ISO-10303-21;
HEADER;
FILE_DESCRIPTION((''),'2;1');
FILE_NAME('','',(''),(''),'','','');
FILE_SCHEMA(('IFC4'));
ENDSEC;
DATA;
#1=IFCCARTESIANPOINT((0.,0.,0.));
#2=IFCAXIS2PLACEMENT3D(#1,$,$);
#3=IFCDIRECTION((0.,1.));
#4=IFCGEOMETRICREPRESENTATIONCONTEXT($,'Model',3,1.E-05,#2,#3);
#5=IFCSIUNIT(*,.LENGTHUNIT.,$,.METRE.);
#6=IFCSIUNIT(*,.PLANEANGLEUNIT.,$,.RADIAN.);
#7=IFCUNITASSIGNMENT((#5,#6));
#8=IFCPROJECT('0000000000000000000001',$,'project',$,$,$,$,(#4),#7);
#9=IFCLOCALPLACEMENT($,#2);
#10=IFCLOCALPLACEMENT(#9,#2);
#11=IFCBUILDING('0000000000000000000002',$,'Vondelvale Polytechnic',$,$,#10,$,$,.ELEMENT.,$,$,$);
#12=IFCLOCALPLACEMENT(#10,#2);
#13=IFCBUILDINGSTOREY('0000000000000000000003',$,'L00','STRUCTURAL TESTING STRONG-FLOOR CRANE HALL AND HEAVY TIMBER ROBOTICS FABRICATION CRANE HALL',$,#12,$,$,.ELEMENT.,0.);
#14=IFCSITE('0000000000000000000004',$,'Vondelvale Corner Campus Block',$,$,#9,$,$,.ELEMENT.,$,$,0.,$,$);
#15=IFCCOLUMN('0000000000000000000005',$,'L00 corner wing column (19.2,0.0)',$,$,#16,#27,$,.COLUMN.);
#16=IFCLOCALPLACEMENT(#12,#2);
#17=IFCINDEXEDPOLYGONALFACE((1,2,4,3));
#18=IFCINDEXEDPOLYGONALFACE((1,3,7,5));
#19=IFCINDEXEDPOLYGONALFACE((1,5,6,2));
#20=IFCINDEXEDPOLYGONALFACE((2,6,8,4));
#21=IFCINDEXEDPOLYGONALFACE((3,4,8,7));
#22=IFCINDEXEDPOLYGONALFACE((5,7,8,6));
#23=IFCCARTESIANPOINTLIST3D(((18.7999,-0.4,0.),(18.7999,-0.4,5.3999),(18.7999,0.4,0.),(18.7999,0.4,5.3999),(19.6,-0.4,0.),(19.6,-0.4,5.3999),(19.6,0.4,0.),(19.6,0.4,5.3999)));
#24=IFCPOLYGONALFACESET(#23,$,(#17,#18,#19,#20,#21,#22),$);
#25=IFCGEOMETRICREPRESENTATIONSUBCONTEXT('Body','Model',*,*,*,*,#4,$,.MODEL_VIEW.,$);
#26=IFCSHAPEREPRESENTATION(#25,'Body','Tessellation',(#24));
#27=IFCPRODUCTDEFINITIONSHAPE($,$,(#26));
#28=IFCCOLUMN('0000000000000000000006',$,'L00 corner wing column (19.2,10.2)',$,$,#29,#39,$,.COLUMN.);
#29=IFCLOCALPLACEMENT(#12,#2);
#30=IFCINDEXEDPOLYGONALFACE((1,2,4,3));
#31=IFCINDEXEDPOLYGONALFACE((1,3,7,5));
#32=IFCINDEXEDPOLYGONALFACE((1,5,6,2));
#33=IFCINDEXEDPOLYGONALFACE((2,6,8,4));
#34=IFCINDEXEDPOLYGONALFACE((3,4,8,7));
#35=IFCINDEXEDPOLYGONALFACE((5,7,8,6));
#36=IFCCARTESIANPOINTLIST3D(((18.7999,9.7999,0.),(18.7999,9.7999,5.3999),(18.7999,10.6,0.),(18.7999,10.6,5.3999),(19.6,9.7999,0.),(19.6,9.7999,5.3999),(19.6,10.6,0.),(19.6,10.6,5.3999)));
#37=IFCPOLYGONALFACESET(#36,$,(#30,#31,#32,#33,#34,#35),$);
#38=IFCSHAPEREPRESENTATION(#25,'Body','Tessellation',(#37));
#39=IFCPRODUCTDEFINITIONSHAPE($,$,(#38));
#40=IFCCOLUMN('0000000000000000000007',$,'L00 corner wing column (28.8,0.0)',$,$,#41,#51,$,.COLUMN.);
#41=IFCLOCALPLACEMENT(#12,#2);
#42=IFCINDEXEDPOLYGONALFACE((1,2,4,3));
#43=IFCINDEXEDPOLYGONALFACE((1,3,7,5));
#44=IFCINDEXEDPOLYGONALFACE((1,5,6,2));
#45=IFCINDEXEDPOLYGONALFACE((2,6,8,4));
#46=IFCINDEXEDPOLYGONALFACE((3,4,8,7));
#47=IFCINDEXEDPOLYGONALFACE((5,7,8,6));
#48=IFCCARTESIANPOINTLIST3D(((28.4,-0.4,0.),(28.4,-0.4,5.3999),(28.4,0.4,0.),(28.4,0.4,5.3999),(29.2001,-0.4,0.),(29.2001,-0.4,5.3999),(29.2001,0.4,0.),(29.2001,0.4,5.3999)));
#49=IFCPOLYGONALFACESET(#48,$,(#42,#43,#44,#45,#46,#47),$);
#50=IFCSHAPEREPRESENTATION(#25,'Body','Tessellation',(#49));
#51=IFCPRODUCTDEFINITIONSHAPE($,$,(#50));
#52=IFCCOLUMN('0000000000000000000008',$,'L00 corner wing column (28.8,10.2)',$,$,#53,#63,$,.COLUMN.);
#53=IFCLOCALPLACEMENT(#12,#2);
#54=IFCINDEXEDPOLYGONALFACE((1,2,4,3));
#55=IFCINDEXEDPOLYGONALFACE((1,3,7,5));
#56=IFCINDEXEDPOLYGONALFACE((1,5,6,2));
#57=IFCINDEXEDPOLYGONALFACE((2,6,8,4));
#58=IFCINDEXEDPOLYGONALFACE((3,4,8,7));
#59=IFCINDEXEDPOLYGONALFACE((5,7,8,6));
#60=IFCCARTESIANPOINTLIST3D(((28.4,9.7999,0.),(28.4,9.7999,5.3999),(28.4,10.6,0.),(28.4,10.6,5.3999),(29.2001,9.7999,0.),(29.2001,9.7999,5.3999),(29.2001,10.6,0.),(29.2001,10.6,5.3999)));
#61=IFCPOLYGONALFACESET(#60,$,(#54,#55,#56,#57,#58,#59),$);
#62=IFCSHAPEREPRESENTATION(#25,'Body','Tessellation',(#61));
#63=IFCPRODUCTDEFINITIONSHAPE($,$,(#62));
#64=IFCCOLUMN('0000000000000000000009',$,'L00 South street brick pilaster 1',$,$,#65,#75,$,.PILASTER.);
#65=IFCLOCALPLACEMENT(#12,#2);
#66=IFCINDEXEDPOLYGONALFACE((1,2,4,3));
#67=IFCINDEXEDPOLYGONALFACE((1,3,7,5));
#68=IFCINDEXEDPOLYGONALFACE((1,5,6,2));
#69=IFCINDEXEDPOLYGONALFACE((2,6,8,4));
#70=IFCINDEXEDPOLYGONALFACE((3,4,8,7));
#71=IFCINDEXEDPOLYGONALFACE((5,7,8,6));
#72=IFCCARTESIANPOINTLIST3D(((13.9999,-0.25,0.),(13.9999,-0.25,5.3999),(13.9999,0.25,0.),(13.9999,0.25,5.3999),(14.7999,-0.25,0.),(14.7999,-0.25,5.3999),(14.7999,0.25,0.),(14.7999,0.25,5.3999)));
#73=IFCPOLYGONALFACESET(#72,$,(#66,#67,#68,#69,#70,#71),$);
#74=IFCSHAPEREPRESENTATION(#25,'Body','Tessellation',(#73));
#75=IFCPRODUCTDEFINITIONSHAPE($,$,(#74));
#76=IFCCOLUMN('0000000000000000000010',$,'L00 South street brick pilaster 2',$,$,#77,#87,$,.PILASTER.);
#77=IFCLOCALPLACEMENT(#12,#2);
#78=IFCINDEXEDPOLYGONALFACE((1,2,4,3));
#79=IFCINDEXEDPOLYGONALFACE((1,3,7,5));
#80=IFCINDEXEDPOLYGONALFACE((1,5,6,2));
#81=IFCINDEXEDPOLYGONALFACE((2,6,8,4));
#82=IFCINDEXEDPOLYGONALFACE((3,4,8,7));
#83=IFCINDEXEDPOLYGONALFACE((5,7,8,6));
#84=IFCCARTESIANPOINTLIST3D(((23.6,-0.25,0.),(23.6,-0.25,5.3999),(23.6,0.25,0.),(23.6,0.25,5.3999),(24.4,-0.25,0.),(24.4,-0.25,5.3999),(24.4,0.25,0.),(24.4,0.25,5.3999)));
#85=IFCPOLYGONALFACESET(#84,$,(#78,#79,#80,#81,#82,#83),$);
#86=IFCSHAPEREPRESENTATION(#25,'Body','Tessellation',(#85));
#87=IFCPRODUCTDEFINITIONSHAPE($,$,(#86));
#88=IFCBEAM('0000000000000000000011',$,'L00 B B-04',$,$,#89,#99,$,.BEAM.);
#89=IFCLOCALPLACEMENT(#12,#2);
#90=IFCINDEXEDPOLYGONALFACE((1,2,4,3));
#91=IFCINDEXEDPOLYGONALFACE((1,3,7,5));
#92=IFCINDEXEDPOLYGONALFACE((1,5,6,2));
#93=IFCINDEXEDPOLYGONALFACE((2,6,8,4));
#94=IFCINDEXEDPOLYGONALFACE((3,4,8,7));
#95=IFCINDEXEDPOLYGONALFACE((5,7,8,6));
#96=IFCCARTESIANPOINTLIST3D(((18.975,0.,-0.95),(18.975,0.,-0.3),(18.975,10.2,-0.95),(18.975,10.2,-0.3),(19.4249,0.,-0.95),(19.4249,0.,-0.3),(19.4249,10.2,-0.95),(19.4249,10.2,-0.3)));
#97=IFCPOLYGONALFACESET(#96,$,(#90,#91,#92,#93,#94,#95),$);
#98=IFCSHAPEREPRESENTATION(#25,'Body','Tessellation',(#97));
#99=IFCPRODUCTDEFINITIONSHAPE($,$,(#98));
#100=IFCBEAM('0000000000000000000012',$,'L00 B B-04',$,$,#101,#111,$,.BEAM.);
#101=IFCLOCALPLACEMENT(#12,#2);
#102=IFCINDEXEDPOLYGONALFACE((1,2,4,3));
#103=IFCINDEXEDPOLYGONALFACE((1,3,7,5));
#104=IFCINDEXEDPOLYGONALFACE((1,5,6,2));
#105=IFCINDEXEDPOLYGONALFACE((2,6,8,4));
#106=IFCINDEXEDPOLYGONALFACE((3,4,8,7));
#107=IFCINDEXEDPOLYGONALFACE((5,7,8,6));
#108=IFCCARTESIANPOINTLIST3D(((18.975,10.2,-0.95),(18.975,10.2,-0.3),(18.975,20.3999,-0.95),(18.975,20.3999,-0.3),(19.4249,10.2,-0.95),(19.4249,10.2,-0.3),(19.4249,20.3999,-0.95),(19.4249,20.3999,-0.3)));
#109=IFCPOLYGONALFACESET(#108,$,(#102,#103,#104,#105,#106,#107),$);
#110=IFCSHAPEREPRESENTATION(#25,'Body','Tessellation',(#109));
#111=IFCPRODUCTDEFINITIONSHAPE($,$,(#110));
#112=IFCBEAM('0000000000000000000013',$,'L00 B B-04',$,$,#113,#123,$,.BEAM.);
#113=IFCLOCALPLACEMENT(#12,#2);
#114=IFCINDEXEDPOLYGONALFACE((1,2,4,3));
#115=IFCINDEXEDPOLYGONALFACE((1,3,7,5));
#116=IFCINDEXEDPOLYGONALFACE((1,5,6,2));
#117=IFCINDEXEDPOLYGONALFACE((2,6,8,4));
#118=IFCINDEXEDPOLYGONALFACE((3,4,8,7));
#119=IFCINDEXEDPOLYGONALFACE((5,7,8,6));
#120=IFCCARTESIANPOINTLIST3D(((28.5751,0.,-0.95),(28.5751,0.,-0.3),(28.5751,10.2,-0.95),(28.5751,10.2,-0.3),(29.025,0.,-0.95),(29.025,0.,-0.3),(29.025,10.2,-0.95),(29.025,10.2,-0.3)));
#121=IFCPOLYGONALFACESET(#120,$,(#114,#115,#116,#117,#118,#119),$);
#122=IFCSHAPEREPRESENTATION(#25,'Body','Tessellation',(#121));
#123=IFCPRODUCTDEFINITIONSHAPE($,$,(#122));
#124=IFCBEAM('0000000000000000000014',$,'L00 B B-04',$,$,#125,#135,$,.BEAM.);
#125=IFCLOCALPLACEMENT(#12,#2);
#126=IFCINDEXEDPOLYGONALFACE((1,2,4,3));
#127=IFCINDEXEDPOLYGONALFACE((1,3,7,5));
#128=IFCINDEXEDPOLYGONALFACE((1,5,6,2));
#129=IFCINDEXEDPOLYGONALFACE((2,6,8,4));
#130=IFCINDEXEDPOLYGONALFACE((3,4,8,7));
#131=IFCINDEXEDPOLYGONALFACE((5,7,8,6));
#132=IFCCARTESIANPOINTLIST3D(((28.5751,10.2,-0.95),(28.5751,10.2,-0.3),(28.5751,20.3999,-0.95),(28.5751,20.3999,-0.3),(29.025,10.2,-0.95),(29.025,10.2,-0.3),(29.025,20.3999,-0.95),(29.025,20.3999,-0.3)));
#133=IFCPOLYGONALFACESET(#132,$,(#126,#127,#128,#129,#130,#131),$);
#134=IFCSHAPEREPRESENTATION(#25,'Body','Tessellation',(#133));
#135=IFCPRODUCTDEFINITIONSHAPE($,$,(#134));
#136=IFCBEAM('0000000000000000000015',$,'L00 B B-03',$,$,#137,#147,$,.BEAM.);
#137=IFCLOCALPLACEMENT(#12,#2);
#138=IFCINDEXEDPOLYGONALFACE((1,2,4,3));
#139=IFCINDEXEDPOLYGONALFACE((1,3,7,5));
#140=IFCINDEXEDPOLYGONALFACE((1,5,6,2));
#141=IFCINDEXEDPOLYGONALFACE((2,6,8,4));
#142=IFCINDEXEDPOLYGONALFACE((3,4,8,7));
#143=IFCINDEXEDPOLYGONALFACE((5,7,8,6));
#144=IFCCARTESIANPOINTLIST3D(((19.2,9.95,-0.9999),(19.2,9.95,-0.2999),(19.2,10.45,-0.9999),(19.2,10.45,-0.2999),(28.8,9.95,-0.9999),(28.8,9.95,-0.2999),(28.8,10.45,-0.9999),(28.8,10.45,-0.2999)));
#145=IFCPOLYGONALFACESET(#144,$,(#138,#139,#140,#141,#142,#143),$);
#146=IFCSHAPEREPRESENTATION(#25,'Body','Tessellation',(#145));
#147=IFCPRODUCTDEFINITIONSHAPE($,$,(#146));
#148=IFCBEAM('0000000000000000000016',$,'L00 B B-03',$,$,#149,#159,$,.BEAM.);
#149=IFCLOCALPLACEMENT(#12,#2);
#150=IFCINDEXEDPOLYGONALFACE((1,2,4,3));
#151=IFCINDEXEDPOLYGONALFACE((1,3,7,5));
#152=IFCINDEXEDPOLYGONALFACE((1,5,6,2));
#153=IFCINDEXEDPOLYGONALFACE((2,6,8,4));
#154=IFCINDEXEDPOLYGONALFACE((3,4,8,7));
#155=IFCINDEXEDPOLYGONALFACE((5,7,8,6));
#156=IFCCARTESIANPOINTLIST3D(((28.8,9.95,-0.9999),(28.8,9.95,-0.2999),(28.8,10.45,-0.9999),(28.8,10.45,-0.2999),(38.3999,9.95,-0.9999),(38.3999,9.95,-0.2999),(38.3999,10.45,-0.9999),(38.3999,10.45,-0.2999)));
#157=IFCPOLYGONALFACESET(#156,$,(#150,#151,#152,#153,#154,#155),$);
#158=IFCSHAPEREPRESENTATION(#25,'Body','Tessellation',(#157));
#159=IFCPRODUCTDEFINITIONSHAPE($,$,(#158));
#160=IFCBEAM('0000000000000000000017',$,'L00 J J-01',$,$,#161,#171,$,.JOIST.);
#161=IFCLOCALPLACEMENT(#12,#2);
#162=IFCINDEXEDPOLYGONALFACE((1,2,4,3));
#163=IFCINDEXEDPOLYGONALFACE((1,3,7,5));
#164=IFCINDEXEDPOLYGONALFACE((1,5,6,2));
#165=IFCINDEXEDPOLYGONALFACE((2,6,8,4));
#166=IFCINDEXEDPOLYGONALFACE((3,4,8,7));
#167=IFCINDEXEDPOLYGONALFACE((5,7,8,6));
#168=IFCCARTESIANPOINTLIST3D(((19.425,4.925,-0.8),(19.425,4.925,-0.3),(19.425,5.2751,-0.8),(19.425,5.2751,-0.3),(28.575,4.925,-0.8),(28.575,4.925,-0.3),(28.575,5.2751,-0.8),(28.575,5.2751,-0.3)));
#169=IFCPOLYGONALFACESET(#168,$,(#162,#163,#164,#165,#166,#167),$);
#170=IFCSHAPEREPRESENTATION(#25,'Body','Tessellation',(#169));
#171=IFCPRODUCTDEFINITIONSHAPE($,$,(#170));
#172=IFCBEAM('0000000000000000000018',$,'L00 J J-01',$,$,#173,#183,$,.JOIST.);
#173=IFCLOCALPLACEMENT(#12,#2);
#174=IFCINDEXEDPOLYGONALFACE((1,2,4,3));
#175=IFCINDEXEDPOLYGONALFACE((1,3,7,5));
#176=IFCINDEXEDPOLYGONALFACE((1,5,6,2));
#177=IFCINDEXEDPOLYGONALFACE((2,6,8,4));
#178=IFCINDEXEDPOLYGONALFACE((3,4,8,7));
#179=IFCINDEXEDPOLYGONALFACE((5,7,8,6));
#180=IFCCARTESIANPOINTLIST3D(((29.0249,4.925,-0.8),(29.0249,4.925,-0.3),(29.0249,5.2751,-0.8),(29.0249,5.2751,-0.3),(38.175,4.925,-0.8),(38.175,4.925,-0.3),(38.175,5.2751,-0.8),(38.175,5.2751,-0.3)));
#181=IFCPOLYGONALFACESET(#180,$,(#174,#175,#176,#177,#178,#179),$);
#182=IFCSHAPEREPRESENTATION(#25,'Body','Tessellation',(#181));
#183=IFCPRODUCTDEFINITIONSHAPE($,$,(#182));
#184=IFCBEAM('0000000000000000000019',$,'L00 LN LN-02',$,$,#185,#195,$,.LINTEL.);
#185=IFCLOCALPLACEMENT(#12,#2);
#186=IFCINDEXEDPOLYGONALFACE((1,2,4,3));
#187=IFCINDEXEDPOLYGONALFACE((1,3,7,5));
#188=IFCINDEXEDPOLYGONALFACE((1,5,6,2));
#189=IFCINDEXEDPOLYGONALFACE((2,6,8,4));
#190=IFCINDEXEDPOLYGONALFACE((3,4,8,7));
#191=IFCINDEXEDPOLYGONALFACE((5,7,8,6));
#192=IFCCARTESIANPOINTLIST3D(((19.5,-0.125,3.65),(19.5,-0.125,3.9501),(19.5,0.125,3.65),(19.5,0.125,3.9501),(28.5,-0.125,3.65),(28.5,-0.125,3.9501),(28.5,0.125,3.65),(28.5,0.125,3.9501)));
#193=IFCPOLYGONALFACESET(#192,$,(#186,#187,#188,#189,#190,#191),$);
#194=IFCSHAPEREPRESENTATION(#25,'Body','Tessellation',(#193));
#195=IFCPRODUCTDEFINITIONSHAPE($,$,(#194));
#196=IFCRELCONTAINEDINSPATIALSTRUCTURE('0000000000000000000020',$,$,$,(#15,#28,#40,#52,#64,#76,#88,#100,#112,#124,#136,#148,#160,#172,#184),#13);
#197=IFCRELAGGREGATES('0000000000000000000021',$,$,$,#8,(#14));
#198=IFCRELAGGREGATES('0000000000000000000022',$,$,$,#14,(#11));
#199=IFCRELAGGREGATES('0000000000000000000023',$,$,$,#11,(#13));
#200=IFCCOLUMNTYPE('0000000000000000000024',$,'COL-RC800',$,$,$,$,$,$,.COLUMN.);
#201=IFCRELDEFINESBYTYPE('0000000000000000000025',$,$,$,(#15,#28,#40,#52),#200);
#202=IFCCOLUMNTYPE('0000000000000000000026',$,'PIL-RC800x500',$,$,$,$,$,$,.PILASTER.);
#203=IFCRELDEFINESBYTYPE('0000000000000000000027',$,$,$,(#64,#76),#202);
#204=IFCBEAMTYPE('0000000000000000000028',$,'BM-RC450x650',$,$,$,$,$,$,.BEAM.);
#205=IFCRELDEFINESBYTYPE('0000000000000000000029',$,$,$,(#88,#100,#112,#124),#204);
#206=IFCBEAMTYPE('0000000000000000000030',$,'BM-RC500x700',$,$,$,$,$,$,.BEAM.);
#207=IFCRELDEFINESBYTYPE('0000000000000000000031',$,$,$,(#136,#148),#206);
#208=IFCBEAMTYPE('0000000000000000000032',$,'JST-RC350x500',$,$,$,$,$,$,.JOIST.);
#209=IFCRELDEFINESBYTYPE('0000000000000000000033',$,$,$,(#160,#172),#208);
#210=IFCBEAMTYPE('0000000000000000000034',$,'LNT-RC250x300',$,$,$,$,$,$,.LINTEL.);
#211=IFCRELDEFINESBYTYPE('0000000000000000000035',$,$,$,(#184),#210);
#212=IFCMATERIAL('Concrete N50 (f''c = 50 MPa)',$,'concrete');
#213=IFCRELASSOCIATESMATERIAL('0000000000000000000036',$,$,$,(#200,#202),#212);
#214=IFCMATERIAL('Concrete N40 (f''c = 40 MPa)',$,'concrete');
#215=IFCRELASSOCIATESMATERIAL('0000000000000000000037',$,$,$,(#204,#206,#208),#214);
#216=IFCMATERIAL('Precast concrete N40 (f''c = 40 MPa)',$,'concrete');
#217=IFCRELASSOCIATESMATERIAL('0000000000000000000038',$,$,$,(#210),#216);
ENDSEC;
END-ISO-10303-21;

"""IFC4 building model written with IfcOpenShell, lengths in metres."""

from ifc_helpers import new_model, si_unit, direction, frame, origin, origin_2d, place, context, subcontext, project, spatial, rectangle, extrude, material, material_profile, profile_set, type_object, element, save


model = new_model("IFC4")

# Units and contexts
model_context = context("Model", 3, precision=1e-05, world=origin(), true_north=direction((0.0, 1.0)))
body_context = subcontext(model_context, "Body", "Model", "MODEL_VIEW")
ifc_project = project(units=[si_unit("LENGTHUNIT", "METRE"), si_unit("PLANEANGLEUNIT", "RADIAN")], contexts=[model_context])

# Site, building, storey
site_placement = place(None, origin())
site = spatial("IfcSite", under=ifc_project, at=site_placement, Name="Vondelvale Corner Campus Block", CompositionType="ELEMENT", RefElevation=0.0)
building_placement = place(site_placement, origin())
building = spatial("IfcBuilding", under=site, at=building_placement, Name="Vondelvale Polytechnic", CompositionType="ELEMENT")
storey_placement = place(building_placement, origin())
storey = spatial("IfcBuildingStorey", under=building, at=storey_placement, Name="L00", Description="STRUCTURAL TESTING STRONG-FLOOR CRANE HALL AND HEAVY TIMBER ROBOTICS FABRICATION CRANE HALL", CompositionType="ELEMENT", Elevation=0.0)

# Columns
ifc_material_1 = material(Name="Concrete N50 (f'c = 50 MPa)", Category="concrete")
ifc_material_profile_1 = material_profile(ifc_material_1, rectangle(XDim=0.8, YDim=0.8, at=origin_2d()), Name="RC-COL-800x800")
ifc_profile_set_1 = profile_set([ifc_material_profile_1], Name="Concrete N50 (f'c = 50 MPa)")
column_type_1 = type_object("IfcColumnType", Name="COL-RC800", PredefinedType="COLUMN", material=ifc_profile_set_1)
for number, where, z_axis, x_axis, name in (
    (1, (19.2, 0.0, 0.0), (0.0, 0.0, 1.0), (1.0, 0.0, 0.0), "L00 corner wing column (19.2,0.0)"),
    (2, (19.2, 10.2, 0.0), (0.0, 0.0, 1.0), (1.0, 0.0, 0.0), "L00 corner wing column (19.2,10.2)"),
    (3, (28.8, 0.0, 0.0), (0.0, 0.0, 1.0), (1.0, 0.0, 0.0), "L00 corner wing column (28.8,0.0)"),
    (4, (28.8, 10.2, 0.0), (0.0, 0.0, 1.0), (1.0, 0.0, 0.0), "L00 corner wing column (28.8,10.2)"),
):
    element("IfcColumn", number, at=place(storey_placement, frame(where, z_axis=z_axis, x_axis=x_axis)), inside=storey, type_object=column_type_1, Name=name, PredefinedType="COLUMN", context=body_context, shape_type="SweptSolid", body=[
        extrude(rectangle(XDim=0.8, YDim=0.8, at=origin_2d()), origin(), (0.0, 0.0, 1.0), 5.3999),
    ])
ifc_material_profile_2 = material_profile(ifc_material_1, rectangle(XDim=0.5, YDim=0.8, at=origin_2d()), Name="RC-PIL-800x500")
ifc_profile_set_2 = profile_set([ifc_material_profile_2], Name="Concrete N50 (f'c = 50 MPa)")
column_type_2 = type_object("IfcColumnType", Name="PIL-RC800x500", PredefinedType="PILASTER", material=ifc_profile_set_2)
for number, where, z_axis, x_axis, name in (
    (5, (14.3999, 0.0, 0.0), (0.0, 0.0, 1.0), (0.0, 1.0, 0.0), "L00 South street brick pilaster 1"),
    (6, (24.0, 0.0, 0.0), (0.0, 0.0, 1.0), (0.0, 1.0, 0.0), "L00 South street brick pilaster 2"),
):
    element("IfcColumn", number, at=place(storey_placement, frame(where, z_axis=z_axis, x_axis=x_axis)), inside=storey, type_object=column_type_2, Name=name, PredefinedType="PILASTER", context=body_context, shape_type="SweptSolid", body=[
        extrude(rectangle(XDim=0.5, YDim=0.8, at=origin_2d()), origin(), (0.0, 0.0, 1.0), 5.3999),
    ])

# Beams
ifc_material_2 = material(Name="Concrete N40 (f'c = 40 MPa)", Category="concrete")
ifc_material_profile_3 = material_profile(ifc_material_2, rectangle(XDim=0.45, YDim=0.6499, at=origin_2d()), Name="RC-BM-450x650")
ifc_profile_set_3 = profile_set([ifc_material_profile_3], Name="Concrete N40 (f'c = 40 MPa)")
beam_type_1 = type_object("IfcBeamType", Name="BM-RC450x650", PredefinedType="BEAM", material=ifc_profile_set_3)
for number, where, z_axis, x_axis, name in (
    (7, (19.2, 0.0, -0.625), (0.0, 1.0, 0.0), (-1.0, 0.0, 0.0), "L00 B B-04"),
    (8, (19.2, 10.2, -0.625), (0.0, 1.0, 0.0), (-1.0, 0.0, 0.0), "L00 B B-04"),
    (9, (28.8, 0.0, -0.625), (0.0, 1.0, 0.0), (-1.0, 0.0, 0.0), "L00 B B-04"),
    (10, (28.8, 10.2, -0.625), (0.0, 1.0, 0.0), (-1.0, 0.0, 0.0), "L00 B B-04"),
):
    element("IfcBeam", number, at=place(storey_placement, frame(where, z_axis=z_axis, x_axis=x_axis)), inside=storey, type_object=beam_type_1, Name=name, PredefinedType="BEAM", context=body_context, shape_type="SweptSolid", body=[
        extrude(rectangle(XDim=0.45, YDim=0.6499, at=origin_2d()), origin(), (0.0, 0.0, 1.0), 10.2),
    ])
ifc_material_profile_4 = material_profile(ifc_material_2, rectangle(XDim=0.5, YDim=0.7, at=origin_2d()), Name="RC-BM-500x700")
ifc_profile_set_4 = profile_set([ifc_material_profile_4], Name="Concrete N40 (f'c = 40 MPa)")
beam_type_2 = type_object("IfcBeamType", Name="BM-RC500x700", PredefinedType="BEAM", material=ifc_profile_set_4)
beam_1_placement = place(storey_placement, frame((19.2, 10.2, -0.6499), z_axis=(1.0, 0.0, 0.0), x_axis=(0.0, 1.0, 0.0)))
element("IfcBeam", 11, at=beam_1_placement, inside=storey, type_object=beam_type_2, Name="L00 B B-03", PredefinedType="BEAM", context=body_context, shape_type="SweptSolid", body=[
    extrude(rectangle(XDim=0.5, YDim=0.7, at=origin_2d()), origin(), (0.0, 0.0, 1.0), 9.6001),
])
beam_2_placement = place(storey_placement, frame((28.8, 10.2, -0.6499), z_axis=(1.0, 0.0, 0.0), x_axis=(0.0, 1.0, 0.0)))
element("IfcBeam", 12, at=beam_2_placement, inside=storey, type_object=beam_type_2, Name="L00 B B-03", PredefinedType="BEAM", context=body_context, shape_type="SweptSolid", body=[
    extrude(rectangle(XDim=0.5, YDim=0.7, at=origin_2d()), origin(), (0.0, 0.0, 1.0), 9.5999),
])
ifc_material_profile_5 = material_profile(ifc_material_2, rectangle(XDim=0.3501, YDim=0.5, at=origin_2d()), Name="RC-JST-350x500")
ifc_profile_set_5 = profile_set([ifc_material_profile_5], Name="Concrete N40 (f'c = 40 MPa)")
beam_type_3 = type_object("IfcBeamType", Name="JST-RC350x500", PredefinedType="JOIST", material=ifc_profile_set_5)
beam_3_placement = place(storey_placement, frame((19.425, 5.1001, -0.55), z_axis=(1.0, 0.0, 0.0), x_axis=(0.0, 1.0, 0.0)))
element("IfcBeam", 13, at=beam_3_placement, inside=storey, type_object=beam_type_3, Name="L00 J J-01", PredefinedType="JOIST", context=body_context, shape_type="SweptSolid", body=[
    extrude(rectangle(XDim=0.3501, YDim=0.5, at=origin_2d()), origin(), (0.0, 0.0, 1.0), 9.1499),
])
beam_4_placement = place(storey_placement, frame((29.0249, 5.1001, -0.55), z_axis=(1.0, 0.0, 0.0), x_axis=(0.0, 1.0, 0.0)))
element("IfcBeam", 14, at=beam_4_placement, inside=storey, type_object=beam_type_3, Name="L00 J J-01", PredefinedType="JOIST", context=body_context, shape_type="SweptSolid", body=[
    extrude(rectangle(XDim=0.3501, YDim=0.5, at=origin_2d()), origin(), (0.0, 0.0, 1.0), 9.1501),
])
ifc_material_3 = material(Name="Precast concrete N40 (f'c = 40 MPa)", Category="concrete")
ifc_material_profile_6 = material_profile(ifc_material_3, rectangle(XDim=0.25, YDim=0.3, at=origin_2d()), Name="RC-LNT-250x300")
ifc_profile_set_6 = profile_set([ifc_material_profile_6], Name="Precast concrete N40 (f'c = 40 MPa)")
beam_type_4 = type_object("IfcBeamType", Name="LNT-RC250x300", PredefinedType="LINTEL", material=ifc_profile_set_6)
beam_5_placement = place(storey_placement, frame((19.5, 0.0, 3.8), z_axis=(1.0, 0.0, 0.0), x_axis=(0.0, 1.0, 0.0)))
element("IfcBeam", 15, at=beam_5_placement, inside=storey, type_object=beam_type_4, Name="L00 LN LN-02", PredefinedType="LINTEL", context=body_context, shape_type="SweptSolid", body=[
    extrude(rectangle(XDim=0.25, YDim=0.3, at=origin_2d()), origin(), (0.0, 0.0, 1.0), 9.0),
])

save(model, "model.ifc")
